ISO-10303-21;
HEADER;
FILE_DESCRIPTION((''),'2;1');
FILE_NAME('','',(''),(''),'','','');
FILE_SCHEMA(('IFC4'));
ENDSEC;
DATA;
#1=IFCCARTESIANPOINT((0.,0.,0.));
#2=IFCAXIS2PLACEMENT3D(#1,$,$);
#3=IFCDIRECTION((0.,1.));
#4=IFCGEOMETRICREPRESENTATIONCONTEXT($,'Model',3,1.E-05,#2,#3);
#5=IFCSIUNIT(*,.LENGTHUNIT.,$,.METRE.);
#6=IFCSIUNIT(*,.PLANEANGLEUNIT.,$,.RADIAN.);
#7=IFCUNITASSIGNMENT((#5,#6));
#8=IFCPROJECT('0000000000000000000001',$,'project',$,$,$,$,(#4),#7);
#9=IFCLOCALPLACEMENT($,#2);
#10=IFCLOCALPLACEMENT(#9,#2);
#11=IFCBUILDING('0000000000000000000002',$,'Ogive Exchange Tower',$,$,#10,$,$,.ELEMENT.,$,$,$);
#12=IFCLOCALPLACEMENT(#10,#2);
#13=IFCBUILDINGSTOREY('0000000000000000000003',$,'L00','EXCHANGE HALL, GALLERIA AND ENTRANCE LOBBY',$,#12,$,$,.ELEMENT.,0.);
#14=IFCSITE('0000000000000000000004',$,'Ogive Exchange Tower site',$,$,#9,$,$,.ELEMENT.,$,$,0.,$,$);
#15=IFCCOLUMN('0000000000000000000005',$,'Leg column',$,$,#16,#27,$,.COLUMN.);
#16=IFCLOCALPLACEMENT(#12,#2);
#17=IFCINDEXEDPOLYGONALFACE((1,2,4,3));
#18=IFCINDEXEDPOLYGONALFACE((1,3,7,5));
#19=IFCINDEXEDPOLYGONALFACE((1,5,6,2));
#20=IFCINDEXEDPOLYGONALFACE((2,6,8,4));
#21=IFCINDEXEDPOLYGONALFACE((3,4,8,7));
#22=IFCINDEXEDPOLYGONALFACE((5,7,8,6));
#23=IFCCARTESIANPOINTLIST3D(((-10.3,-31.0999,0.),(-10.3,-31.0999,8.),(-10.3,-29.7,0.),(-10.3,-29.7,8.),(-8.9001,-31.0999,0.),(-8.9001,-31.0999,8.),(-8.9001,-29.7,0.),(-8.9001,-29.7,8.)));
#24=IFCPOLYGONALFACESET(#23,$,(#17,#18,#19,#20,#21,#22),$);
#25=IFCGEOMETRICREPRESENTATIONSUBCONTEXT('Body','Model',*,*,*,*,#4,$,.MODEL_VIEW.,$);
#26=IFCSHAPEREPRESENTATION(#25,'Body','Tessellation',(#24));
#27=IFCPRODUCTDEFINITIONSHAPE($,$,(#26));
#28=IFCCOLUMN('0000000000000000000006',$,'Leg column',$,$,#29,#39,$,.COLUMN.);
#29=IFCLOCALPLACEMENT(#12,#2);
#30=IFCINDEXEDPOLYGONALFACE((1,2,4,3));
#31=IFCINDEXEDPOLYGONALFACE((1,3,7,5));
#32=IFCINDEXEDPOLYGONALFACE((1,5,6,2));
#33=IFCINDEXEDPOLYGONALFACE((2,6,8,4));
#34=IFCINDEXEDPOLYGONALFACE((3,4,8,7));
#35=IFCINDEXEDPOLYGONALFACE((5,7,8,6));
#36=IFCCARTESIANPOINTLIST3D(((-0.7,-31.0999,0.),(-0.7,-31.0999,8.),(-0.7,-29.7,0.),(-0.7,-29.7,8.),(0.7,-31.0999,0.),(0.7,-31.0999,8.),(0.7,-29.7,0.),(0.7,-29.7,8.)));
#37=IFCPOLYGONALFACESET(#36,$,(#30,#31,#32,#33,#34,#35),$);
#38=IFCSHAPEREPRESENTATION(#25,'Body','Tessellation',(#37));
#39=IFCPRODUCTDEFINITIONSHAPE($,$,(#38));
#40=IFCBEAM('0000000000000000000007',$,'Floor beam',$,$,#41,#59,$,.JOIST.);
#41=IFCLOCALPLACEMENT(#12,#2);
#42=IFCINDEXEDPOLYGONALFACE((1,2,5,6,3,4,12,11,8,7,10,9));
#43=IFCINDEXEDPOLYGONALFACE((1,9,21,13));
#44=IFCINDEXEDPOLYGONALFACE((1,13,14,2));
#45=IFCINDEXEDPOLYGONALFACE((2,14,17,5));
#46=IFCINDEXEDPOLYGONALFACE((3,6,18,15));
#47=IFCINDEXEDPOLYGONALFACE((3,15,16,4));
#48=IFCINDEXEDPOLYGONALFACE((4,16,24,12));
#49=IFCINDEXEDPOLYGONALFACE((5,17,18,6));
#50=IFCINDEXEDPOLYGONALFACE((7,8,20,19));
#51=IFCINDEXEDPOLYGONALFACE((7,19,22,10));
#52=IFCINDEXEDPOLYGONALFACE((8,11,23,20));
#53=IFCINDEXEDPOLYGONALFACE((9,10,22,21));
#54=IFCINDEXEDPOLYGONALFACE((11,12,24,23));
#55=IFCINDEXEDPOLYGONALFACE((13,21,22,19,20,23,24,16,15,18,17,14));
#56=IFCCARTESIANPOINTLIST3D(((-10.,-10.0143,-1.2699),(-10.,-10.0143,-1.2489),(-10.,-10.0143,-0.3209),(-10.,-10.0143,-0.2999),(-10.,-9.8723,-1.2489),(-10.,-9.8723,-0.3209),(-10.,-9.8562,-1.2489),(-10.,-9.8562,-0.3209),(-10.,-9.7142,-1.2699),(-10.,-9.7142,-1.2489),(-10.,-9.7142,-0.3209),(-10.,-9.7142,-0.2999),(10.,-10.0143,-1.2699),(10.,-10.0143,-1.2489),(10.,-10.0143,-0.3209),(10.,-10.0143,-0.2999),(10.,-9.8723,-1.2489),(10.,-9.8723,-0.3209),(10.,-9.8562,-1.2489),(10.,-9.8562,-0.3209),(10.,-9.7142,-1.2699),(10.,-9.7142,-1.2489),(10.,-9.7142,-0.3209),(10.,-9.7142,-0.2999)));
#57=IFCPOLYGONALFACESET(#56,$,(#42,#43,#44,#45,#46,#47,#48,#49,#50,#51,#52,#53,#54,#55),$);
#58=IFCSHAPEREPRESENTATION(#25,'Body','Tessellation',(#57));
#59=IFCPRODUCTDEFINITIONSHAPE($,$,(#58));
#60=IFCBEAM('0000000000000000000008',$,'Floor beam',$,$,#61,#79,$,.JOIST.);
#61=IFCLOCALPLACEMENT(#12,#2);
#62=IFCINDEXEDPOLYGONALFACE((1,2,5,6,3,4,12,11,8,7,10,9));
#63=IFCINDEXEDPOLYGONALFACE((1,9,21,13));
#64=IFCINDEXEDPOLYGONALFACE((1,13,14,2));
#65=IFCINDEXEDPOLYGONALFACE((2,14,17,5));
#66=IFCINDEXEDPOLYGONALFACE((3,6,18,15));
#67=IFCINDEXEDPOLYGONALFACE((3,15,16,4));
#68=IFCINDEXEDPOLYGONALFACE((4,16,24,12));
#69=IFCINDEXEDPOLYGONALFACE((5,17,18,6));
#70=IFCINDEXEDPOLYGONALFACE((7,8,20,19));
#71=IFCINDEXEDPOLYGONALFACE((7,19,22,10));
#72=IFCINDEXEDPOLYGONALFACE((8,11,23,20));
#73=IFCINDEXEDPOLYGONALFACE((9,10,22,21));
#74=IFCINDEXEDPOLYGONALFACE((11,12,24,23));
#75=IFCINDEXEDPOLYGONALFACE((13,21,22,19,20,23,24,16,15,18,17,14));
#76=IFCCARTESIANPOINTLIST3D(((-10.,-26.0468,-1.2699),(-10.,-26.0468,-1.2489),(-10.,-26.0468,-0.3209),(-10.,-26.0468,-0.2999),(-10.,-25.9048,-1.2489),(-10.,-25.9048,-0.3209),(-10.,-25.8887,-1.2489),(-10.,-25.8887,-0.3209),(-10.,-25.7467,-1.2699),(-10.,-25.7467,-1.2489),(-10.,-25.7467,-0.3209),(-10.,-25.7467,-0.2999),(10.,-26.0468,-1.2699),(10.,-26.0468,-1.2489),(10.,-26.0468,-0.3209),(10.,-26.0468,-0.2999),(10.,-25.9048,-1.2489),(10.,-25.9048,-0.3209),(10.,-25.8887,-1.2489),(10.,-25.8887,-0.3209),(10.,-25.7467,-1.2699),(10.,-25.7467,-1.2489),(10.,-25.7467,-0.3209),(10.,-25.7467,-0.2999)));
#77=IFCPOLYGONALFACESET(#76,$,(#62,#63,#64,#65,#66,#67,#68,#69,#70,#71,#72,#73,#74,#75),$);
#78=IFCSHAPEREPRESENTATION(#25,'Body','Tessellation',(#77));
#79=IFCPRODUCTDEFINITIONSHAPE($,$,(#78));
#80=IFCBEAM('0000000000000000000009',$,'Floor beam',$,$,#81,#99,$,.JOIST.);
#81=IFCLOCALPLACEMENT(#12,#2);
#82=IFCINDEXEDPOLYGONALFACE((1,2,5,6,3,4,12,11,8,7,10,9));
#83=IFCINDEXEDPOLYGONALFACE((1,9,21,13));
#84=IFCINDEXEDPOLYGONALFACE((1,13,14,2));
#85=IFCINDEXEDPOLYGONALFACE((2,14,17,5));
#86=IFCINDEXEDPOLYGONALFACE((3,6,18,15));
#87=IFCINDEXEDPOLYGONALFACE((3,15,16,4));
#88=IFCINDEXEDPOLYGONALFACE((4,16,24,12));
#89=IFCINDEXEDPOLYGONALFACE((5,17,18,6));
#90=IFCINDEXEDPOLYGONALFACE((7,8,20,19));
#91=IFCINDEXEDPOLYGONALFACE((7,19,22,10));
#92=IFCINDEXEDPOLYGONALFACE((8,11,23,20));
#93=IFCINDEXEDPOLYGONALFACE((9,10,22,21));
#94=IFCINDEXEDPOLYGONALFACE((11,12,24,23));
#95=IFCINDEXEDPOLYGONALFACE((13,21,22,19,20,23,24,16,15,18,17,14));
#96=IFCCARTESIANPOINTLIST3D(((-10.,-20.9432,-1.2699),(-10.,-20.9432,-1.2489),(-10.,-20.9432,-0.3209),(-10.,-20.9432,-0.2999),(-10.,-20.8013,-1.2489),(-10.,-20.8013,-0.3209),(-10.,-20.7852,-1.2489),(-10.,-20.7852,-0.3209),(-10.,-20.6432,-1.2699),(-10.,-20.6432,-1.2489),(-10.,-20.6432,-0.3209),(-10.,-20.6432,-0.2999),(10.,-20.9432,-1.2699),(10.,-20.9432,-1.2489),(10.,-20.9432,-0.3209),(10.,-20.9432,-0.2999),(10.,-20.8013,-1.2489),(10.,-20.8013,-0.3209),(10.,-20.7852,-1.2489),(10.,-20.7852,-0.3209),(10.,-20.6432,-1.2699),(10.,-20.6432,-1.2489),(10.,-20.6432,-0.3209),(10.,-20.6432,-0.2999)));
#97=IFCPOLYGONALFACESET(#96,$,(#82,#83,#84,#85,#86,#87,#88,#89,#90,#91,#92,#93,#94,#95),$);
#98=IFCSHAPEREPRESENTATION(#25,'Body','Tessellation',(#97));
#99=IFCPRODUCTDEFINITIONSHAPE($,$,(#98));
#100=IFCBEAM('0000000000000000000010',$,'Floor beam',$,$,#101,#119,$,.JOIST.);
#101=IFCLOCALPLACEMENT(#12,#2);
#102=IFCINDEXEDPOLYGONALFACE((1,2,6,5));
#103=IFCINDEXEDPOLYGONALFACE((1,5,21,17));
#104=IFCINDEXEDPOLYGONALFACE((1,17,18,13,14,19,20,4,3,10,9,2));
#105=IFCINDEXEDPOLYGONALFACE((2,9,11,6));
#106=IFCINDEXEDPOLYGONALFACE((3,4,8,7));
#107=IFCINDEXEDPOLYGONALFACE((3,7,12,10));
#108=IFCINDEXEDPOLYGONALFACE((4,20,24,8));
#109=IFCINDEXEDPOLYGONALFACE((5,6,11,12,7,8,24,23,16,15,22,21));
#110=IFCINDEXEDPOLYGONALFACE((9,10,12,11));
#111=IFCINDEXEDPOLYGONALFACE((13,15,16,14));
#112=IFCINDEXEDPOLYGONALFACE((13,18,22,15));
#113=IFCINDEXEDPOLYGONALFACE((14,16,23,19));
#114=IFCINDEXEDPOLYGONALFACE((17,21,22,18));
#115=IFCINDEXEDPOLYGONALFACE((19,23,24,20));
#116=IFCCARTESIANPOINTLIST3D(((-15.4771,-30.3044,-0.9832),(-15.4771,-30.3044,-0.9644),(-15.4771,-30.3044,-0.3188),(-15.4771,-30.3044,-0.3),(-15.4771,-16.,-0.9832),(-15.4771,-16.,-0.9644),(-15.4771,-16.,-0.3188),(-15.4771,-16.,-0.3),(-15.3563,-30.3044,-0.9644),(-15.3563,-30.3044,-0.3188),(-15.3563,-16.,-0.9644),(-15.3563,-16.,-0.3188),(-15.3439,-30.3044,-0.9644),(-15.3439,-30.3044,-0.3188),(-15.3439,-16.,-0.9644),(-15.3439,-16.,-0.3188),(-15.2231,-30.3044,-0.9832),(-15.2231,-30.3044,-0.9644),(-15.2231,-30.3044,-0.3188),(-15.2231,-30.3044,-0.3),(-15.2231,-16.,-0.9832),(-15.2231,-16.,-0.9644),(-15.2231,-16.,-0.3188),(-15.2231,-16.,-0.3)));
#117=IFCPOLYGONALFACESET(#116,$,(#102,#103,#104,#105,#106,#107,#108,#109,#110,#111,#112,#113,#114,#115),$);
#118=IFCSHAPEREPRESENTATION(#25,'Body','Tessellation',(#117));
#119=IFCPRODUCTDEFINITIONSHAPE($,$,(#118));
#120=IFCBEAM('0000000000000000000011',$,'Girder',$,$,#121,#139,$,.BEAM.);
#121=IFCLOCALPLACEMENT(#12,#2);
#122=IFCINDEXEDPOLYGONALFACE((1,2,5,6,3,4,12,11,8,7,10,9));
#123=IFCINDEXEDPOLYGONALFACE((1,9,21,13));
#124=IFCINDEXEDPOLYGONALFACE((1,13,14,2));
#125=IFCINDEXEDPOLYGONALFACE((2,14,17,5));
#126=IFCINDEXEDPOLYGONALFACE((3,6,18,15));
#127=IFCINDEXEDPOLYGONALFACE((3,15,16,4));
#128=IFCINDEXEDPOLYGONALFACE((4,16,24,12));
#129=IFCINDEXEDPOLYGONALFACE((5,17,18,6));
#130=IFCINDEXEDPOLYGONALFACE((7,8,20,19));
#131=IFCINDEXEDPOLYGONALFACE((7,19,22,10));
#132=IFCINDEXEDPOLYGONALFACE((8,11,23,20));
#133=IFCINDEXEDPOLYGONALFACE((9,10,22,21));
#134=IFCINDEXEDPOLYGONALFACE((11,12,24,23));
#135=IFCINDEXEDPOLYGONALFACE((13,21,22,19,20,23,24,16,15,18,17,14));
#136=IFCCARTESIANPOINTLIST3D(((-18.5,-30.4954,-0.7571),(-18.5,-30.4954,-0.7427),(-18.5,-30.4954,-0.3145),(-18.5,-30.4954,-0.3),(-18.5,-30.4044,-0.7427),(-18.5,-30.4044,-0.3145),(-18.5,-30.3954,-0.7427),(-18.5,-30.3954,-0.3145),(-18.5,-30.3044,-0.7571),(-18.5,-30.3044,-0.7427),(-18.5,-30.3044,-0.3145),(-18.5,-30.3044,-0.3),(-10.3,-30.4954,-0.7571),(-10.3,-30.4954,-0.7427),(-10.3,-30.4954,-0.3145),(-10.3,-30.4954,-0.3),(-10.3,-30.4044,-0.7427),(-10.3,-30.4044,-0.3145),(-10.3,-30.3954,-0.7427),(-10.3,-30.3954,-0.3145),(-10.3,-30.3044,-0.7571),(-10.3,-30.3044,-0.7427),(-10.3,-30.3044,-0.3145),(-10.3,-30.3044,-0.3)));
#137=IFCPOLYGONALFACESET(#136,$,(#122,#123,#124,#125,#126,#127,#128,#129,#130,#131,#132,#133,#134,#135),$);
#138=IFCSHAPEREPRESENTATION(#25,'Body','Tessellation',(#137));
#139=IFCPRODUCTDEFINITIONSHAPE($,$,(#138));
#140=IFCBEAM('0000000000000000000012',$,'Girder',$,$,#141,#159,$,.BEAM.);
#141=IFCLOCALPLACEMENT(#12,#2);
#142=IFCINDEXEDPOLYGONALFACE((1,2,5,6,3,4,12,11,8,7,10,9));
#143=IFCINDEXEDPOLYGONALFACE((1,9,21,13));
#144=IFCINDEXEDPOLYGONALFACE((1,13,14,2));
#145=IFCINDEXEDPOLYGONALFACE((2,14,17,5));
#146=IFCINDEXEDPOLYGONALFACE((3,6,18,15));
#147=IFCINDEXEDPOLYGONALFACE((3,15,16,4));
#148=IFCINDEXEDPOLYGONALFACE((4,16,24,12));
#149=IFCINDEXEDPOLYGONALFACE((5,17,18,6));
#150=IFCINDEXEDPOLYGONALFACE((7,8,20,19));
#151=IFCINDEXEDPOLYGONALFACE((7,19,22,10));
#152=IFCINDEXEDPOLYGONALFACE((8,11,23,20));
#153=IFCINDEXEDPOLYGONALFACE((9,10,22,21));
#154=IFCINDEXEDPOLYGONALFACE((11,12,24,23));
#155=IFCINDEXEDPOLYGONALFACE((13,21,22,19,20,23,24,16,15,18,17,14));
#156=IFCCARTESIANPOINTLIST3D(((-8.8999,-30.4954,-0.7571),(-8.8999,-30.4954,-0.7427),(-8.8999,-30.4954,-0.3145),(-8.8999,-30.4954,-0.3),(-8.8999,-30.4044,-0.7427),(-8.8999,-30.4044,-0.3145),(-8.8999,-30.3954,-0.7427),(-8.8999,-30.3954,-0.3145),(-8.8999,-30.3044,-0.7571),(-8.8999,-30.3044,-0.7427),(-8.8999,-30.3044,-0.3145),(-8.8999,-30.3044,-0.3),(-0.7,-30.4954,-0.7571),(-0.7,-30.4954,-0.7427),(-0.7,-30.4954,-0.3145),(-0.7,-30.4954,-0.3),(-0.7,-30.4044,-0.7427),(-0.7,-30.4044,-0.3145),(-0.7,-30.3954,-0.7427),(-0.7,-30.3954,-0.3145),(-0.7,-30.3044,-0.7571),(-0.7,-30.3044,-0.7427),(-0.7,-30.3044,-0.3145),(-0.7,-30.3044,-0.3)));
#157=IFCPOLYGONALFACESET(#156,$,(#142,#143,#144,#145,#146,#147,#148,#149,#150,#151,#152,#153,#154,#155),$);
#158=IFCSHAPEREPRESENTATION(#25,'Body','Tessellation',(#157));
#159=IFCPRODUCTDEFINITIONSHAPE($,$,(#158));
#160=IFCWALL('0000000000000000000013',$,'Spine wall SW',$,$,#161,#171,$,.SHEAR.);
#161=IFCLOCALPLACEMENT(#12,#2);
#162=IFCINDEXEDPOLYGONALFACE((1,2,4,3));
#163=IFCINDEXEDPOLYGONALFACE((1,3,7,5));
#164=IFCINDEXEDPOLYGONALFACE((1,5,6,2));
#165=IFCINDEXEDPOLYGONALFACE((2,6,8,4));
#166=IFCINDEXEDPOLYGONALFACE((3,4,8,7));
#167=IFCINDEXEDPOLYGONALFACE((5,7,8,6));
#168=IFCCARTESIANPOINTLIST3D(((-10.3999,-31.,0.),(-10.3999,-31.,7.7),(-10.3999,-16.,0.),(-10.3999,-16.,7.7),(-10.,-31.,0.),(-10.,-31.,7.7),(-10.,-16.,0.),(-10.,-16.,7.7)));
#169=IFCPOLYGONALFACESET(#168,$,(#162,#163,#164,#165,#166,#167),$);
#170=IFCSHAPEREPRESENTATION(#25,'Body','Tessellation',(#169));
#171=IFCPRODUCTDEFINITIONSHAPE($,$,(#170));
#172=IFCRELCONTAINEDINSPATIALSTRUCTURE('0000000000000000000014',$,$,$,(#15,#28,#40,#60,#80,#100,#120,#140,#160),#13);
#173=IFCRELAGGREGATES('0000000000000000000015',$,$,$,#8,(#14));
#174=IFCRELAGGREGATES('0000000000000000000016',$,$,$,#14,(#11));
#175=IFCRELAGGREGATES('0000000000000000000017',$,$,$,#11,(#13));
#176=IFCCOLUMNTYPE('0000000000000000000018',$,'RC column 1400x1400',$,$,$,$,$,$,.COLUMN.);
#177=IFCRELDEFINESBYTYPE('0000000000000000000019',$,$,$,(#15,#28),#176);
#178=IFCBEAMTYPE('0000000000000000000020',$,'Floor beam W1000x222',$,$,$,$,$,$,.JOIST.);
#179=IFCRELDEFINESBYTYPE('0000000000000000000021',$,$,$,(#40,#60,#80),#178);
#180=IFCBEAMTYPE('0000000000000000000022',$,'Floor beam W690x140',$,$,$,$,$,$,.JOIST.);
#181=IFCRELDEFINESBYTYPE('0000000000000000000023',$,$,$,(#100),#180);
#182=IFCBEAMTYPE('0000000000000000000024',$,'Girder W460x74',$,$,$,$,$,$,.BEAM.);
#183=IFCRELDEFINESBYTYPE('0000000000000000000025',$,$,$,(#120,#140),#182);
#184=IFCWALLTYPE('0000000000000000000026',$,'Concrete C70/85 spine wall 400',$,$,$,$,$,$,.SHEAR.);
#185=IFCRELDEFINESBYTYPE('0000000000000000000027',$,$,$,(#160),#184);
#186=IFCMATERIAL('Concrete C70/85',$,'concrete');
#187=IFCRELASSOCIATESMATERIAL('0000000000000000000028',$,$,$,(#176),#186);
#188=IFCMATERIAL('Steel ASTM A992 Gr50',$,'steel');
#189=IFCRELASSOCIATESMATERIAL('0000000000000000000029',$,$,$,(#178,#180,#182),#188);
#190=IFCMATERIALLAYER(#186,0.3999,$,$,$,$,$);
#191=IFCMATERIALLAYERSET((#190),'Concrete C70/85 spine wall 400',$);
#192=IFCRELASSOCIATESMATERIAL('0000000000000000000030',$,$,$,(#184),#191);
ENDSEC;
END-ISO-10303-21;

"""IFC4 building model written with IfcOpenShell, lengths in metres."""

from ifc_helpers import new_model, si_unit, direction, frame, frame_2d, origin, origin_2d, place, context, subcontext, project, spatial, rectangle, i_section, extrude, material, layer, layer_set, material_profile, profile_set, type_object, element, save


model = new_model("IFC4")

# Units and contexts
model_context = context("Model", 3, precision=1e-05, world=origin(), true_north=direction((0.0, 1.0)))
body_context = subcontext(model_context, "Body", "Model", "MODEL_VIEW")
ifc_project = project(units=[si_unit("LENGTHUNIT", "METRE"), si_unit("PLANEANGLEUNIT", "RADIAN")], contexts=[model_context])

# Site, building, storey
site_placement = place(None, origin())
site = spatial("IfcSite", under=ifc_project, at=site_placement, Name="Ogive Exchange Tower site", CompositionType="ELEMENT", RefElevation=0.0)
building_placement = place(site_placement, origin())
building = spatial("IfcBuilding", under=site, at=building_placement, Name="Ogive Exchange Tower", CompositionType="ELEMENT")
storey_placement = place(building_placement, origin())
storey = spatial("IfcBuildingStorey", under=building, at=storey_placement, Name="L00", Description="EXCHANGE HALL, GALLERIA AND ENTRANCE LOBBY", CompositionType="ELEMENT", Elevation=0.0)

# Columns
ifc_material_1 = material(Name="Concrete C70/85", Category="concrete")
ifc_material_profile_1 = material_profile(ifc_material_1, rectangle(XDim=1.3999, YDim=1.3999, at=origin_2d()), Name="RC 1400x1400")
ifc_profile_set_1 = profile_set([ifc_material_profile_1], Name="Concrete C70/85")
column_type = type_object("IfcColumnType", Name="RC column 1400x1400", PredefinedType="COLUMN", material=ifc_profile_set_1)
for number, where, z_axis, x_axis, name in (
    (1, (-9.6001, -30.3999, 0.0), (0.0, 0.0, 1.0), (1.0, 0.0, 0.0), "Leg column"),
    (2, (0.0, -30.3999, 0.0), (0.0, 0.0, 1.0), (1.0, 0.0, 0.0), "Leg column"),
):
    element("IfcColumn", number, at=place(storey_placement, frame(where, z_axis=z_axis, x_axis=x_axis)), inside=storey, type_object=column_type, Name=name, PredefinedType="COLUMN", context=body_context, shape_type="SweptSolid", body=[
        extrude(rectangle(XDim=1.3999, YDim=1.3999, at=origin_2d()), origin(), (0.0, 0.0, 1.0), 8.0),
    ])

# Beams
ifc_material_2 = material(Name="Steel ASTM A992 Gr50", Category="steel")
ifc_material_profile_2 = material_profile(ifc_material_2, i_section(OverallWidth=0.3, OverallDepth=0.97, WebThickness=0.0161, FlangeThickness=0.021, at=origin_2d()), Name="W1000x222")
ifc_profile_set_2 = profile_set([ifc_material_profile_2], Name="Steel ASTM A992 Gr50")
beam_type_1 = type_object("IfcBeamType", Name="Floor beam W1000x222", PredefinedType="JOIST", material=ifc_profile_set_2)
for number, where, z_axis, x_axis, name in (
    (3, (-10.0, -9.8643, -0.7849), (1.0, 0.0, 0.0), (0.0, 1.0, 0.0), "Floor beam"),
    (4, (-10.0, -25.8967, -0.7849), (1.0, 0.0, 0.0), (0.0, 1.0, 0.0), "Floor beam"),
    (5, (-10.0, -20.7932, -0.7849), (1.0, 0.0, 0.0), (0.0, 1.0, 0.0), "Floor beam"),
):
    element("IfcBeam", number, at=place(storey_placement, frame(where, z_axis=z_axis, x_axis=x_axis)), inside=storey, type_object=beam_type_1, Name=name, PredefinedType="JOIST", context=body_context, shape_type="SweptSolid", body=[
        extrude(i_section(OverallWidth=0.3, OverallDepth=0.97, WebThickness=0.0161, FlangeThickness=0.021, at=origin_2d()), origin(), (0.0, 0.0, 1.0), 20.0),
    ])
ifc_material_profile_3 = material_profile(ifc_material_2, i_section(OverallWidth=0.2539, OverallDepth=0.6831, WebThickness=0.0125, FlangeThickness=0.0188, at=origin_2d()), Name="W690x140")
ifc_profile_set_3 = profile_set([ifc_material_profile_3], Name="Steel ASTM A992 Gr50")
beam_type_2 = type_object("IfcBeamType", Name="Floor beam W690x140", PredefinedType="JOIST", material=ifc_profile_set_3)
beam_placement = place(storey_placement, frame((-15.3501, -30.3044, -0.6416), z_axis=(0.0, 1.0, 0.0), x_axis=(-1.0, 0.0, 0.0)))
element("IfcBeam", 6, at=beam_placement, inside=storey, type_object=beam_type_2, Name="Floor beam", PredefinedType="JOIST", context=body_context, shape_type="SweptSolid", body=[
    extrude(i_section(OverallWidth=0.2539, OverallDepth=0.6831, WebThickness=0.0125, FlangeThickness=0.0188, at=origin_2d()), origin(), (0.0, 0.0, 1.0), 14.3044),
])
ifc_material_profile_4 = material_profile(ifc_material_2, i_section(OverallWidth=0.1909, OverallDepth=0.457, WebThickness=0.009, FlangeThickness=0.0144, at=origin_2d()), Name="W460x74")
ifc_profile_set_4 = profile_set([ifc_material_profile_4], Name="Steel ASTM A992 Gr50")
beam_type_3 = type_object("IfcBeamType", Name="Girder W460x74", PredefinedType="BEAM", material=ifc_profile_set_4)
for number, where, z_axis, x_axis, name in (
    (7, (-18.5, -30.3999, -0.5286), (1.0, 0.0, 0.0), (0.0, 1.0, 0.0), "Girder"),
    (8, (-8.8999, -30.3999, -0.5286), (1.0, 0.0, 0.0), (0.0, 1.0, 0.0), "Girder"),
):
    element("IfcBeam", number, at=place(storey_placement, frame(where, z_axis=z_axis, x_axis=x_axis)), inside=storey, type_object=beam_type_3, Name=name, PredefinedType="BEAM", context=body_context, shape_type="SweptSolid", body=[
        extrude(i_section(OverallWidth=0.1909, OverallDepth=0.457, WebThickness=0.009, FlangeThickness=0.0144, at=origin_2d()), origin(), (0.0, 0.0, 1.0), 8.2),
    ])

# Wall
ifc_layer_1 = layer(ifc_material_1, 0.3999)
ifc_layer_set_1 = layer_set([ifc_layer_1], Name="Concrete C70/85 spine wall 400")
wall_type_1 = type_object("IfcWallType", Name="Concrete C70/85 spine wall 400", PredefinedType="SHEAR", material=ifc_layer_set_1)
wall_1_placement = place(storey_placement, frame((-10.2, -31.0, 0.0), z_axis=(0.0, 0.0, 1.0), x_axis=(0.0, 1.0, 0.0)))
element("IfcWall", 9, at=wall_1_placement, inside=storey, type_object=wall_type_1, Name="Spine wall SW", PredefinedType="SHEAR", context=body_context, shape_type="SweptSolid", body=[
    extrude(rectangle(XDim=15.0, YDim=0.3999, at=frame_2d((7.5, 0.0))), origin(), (0.0, 0.0, 1.0), 7.7),
])

save(model, "model.ifc")
